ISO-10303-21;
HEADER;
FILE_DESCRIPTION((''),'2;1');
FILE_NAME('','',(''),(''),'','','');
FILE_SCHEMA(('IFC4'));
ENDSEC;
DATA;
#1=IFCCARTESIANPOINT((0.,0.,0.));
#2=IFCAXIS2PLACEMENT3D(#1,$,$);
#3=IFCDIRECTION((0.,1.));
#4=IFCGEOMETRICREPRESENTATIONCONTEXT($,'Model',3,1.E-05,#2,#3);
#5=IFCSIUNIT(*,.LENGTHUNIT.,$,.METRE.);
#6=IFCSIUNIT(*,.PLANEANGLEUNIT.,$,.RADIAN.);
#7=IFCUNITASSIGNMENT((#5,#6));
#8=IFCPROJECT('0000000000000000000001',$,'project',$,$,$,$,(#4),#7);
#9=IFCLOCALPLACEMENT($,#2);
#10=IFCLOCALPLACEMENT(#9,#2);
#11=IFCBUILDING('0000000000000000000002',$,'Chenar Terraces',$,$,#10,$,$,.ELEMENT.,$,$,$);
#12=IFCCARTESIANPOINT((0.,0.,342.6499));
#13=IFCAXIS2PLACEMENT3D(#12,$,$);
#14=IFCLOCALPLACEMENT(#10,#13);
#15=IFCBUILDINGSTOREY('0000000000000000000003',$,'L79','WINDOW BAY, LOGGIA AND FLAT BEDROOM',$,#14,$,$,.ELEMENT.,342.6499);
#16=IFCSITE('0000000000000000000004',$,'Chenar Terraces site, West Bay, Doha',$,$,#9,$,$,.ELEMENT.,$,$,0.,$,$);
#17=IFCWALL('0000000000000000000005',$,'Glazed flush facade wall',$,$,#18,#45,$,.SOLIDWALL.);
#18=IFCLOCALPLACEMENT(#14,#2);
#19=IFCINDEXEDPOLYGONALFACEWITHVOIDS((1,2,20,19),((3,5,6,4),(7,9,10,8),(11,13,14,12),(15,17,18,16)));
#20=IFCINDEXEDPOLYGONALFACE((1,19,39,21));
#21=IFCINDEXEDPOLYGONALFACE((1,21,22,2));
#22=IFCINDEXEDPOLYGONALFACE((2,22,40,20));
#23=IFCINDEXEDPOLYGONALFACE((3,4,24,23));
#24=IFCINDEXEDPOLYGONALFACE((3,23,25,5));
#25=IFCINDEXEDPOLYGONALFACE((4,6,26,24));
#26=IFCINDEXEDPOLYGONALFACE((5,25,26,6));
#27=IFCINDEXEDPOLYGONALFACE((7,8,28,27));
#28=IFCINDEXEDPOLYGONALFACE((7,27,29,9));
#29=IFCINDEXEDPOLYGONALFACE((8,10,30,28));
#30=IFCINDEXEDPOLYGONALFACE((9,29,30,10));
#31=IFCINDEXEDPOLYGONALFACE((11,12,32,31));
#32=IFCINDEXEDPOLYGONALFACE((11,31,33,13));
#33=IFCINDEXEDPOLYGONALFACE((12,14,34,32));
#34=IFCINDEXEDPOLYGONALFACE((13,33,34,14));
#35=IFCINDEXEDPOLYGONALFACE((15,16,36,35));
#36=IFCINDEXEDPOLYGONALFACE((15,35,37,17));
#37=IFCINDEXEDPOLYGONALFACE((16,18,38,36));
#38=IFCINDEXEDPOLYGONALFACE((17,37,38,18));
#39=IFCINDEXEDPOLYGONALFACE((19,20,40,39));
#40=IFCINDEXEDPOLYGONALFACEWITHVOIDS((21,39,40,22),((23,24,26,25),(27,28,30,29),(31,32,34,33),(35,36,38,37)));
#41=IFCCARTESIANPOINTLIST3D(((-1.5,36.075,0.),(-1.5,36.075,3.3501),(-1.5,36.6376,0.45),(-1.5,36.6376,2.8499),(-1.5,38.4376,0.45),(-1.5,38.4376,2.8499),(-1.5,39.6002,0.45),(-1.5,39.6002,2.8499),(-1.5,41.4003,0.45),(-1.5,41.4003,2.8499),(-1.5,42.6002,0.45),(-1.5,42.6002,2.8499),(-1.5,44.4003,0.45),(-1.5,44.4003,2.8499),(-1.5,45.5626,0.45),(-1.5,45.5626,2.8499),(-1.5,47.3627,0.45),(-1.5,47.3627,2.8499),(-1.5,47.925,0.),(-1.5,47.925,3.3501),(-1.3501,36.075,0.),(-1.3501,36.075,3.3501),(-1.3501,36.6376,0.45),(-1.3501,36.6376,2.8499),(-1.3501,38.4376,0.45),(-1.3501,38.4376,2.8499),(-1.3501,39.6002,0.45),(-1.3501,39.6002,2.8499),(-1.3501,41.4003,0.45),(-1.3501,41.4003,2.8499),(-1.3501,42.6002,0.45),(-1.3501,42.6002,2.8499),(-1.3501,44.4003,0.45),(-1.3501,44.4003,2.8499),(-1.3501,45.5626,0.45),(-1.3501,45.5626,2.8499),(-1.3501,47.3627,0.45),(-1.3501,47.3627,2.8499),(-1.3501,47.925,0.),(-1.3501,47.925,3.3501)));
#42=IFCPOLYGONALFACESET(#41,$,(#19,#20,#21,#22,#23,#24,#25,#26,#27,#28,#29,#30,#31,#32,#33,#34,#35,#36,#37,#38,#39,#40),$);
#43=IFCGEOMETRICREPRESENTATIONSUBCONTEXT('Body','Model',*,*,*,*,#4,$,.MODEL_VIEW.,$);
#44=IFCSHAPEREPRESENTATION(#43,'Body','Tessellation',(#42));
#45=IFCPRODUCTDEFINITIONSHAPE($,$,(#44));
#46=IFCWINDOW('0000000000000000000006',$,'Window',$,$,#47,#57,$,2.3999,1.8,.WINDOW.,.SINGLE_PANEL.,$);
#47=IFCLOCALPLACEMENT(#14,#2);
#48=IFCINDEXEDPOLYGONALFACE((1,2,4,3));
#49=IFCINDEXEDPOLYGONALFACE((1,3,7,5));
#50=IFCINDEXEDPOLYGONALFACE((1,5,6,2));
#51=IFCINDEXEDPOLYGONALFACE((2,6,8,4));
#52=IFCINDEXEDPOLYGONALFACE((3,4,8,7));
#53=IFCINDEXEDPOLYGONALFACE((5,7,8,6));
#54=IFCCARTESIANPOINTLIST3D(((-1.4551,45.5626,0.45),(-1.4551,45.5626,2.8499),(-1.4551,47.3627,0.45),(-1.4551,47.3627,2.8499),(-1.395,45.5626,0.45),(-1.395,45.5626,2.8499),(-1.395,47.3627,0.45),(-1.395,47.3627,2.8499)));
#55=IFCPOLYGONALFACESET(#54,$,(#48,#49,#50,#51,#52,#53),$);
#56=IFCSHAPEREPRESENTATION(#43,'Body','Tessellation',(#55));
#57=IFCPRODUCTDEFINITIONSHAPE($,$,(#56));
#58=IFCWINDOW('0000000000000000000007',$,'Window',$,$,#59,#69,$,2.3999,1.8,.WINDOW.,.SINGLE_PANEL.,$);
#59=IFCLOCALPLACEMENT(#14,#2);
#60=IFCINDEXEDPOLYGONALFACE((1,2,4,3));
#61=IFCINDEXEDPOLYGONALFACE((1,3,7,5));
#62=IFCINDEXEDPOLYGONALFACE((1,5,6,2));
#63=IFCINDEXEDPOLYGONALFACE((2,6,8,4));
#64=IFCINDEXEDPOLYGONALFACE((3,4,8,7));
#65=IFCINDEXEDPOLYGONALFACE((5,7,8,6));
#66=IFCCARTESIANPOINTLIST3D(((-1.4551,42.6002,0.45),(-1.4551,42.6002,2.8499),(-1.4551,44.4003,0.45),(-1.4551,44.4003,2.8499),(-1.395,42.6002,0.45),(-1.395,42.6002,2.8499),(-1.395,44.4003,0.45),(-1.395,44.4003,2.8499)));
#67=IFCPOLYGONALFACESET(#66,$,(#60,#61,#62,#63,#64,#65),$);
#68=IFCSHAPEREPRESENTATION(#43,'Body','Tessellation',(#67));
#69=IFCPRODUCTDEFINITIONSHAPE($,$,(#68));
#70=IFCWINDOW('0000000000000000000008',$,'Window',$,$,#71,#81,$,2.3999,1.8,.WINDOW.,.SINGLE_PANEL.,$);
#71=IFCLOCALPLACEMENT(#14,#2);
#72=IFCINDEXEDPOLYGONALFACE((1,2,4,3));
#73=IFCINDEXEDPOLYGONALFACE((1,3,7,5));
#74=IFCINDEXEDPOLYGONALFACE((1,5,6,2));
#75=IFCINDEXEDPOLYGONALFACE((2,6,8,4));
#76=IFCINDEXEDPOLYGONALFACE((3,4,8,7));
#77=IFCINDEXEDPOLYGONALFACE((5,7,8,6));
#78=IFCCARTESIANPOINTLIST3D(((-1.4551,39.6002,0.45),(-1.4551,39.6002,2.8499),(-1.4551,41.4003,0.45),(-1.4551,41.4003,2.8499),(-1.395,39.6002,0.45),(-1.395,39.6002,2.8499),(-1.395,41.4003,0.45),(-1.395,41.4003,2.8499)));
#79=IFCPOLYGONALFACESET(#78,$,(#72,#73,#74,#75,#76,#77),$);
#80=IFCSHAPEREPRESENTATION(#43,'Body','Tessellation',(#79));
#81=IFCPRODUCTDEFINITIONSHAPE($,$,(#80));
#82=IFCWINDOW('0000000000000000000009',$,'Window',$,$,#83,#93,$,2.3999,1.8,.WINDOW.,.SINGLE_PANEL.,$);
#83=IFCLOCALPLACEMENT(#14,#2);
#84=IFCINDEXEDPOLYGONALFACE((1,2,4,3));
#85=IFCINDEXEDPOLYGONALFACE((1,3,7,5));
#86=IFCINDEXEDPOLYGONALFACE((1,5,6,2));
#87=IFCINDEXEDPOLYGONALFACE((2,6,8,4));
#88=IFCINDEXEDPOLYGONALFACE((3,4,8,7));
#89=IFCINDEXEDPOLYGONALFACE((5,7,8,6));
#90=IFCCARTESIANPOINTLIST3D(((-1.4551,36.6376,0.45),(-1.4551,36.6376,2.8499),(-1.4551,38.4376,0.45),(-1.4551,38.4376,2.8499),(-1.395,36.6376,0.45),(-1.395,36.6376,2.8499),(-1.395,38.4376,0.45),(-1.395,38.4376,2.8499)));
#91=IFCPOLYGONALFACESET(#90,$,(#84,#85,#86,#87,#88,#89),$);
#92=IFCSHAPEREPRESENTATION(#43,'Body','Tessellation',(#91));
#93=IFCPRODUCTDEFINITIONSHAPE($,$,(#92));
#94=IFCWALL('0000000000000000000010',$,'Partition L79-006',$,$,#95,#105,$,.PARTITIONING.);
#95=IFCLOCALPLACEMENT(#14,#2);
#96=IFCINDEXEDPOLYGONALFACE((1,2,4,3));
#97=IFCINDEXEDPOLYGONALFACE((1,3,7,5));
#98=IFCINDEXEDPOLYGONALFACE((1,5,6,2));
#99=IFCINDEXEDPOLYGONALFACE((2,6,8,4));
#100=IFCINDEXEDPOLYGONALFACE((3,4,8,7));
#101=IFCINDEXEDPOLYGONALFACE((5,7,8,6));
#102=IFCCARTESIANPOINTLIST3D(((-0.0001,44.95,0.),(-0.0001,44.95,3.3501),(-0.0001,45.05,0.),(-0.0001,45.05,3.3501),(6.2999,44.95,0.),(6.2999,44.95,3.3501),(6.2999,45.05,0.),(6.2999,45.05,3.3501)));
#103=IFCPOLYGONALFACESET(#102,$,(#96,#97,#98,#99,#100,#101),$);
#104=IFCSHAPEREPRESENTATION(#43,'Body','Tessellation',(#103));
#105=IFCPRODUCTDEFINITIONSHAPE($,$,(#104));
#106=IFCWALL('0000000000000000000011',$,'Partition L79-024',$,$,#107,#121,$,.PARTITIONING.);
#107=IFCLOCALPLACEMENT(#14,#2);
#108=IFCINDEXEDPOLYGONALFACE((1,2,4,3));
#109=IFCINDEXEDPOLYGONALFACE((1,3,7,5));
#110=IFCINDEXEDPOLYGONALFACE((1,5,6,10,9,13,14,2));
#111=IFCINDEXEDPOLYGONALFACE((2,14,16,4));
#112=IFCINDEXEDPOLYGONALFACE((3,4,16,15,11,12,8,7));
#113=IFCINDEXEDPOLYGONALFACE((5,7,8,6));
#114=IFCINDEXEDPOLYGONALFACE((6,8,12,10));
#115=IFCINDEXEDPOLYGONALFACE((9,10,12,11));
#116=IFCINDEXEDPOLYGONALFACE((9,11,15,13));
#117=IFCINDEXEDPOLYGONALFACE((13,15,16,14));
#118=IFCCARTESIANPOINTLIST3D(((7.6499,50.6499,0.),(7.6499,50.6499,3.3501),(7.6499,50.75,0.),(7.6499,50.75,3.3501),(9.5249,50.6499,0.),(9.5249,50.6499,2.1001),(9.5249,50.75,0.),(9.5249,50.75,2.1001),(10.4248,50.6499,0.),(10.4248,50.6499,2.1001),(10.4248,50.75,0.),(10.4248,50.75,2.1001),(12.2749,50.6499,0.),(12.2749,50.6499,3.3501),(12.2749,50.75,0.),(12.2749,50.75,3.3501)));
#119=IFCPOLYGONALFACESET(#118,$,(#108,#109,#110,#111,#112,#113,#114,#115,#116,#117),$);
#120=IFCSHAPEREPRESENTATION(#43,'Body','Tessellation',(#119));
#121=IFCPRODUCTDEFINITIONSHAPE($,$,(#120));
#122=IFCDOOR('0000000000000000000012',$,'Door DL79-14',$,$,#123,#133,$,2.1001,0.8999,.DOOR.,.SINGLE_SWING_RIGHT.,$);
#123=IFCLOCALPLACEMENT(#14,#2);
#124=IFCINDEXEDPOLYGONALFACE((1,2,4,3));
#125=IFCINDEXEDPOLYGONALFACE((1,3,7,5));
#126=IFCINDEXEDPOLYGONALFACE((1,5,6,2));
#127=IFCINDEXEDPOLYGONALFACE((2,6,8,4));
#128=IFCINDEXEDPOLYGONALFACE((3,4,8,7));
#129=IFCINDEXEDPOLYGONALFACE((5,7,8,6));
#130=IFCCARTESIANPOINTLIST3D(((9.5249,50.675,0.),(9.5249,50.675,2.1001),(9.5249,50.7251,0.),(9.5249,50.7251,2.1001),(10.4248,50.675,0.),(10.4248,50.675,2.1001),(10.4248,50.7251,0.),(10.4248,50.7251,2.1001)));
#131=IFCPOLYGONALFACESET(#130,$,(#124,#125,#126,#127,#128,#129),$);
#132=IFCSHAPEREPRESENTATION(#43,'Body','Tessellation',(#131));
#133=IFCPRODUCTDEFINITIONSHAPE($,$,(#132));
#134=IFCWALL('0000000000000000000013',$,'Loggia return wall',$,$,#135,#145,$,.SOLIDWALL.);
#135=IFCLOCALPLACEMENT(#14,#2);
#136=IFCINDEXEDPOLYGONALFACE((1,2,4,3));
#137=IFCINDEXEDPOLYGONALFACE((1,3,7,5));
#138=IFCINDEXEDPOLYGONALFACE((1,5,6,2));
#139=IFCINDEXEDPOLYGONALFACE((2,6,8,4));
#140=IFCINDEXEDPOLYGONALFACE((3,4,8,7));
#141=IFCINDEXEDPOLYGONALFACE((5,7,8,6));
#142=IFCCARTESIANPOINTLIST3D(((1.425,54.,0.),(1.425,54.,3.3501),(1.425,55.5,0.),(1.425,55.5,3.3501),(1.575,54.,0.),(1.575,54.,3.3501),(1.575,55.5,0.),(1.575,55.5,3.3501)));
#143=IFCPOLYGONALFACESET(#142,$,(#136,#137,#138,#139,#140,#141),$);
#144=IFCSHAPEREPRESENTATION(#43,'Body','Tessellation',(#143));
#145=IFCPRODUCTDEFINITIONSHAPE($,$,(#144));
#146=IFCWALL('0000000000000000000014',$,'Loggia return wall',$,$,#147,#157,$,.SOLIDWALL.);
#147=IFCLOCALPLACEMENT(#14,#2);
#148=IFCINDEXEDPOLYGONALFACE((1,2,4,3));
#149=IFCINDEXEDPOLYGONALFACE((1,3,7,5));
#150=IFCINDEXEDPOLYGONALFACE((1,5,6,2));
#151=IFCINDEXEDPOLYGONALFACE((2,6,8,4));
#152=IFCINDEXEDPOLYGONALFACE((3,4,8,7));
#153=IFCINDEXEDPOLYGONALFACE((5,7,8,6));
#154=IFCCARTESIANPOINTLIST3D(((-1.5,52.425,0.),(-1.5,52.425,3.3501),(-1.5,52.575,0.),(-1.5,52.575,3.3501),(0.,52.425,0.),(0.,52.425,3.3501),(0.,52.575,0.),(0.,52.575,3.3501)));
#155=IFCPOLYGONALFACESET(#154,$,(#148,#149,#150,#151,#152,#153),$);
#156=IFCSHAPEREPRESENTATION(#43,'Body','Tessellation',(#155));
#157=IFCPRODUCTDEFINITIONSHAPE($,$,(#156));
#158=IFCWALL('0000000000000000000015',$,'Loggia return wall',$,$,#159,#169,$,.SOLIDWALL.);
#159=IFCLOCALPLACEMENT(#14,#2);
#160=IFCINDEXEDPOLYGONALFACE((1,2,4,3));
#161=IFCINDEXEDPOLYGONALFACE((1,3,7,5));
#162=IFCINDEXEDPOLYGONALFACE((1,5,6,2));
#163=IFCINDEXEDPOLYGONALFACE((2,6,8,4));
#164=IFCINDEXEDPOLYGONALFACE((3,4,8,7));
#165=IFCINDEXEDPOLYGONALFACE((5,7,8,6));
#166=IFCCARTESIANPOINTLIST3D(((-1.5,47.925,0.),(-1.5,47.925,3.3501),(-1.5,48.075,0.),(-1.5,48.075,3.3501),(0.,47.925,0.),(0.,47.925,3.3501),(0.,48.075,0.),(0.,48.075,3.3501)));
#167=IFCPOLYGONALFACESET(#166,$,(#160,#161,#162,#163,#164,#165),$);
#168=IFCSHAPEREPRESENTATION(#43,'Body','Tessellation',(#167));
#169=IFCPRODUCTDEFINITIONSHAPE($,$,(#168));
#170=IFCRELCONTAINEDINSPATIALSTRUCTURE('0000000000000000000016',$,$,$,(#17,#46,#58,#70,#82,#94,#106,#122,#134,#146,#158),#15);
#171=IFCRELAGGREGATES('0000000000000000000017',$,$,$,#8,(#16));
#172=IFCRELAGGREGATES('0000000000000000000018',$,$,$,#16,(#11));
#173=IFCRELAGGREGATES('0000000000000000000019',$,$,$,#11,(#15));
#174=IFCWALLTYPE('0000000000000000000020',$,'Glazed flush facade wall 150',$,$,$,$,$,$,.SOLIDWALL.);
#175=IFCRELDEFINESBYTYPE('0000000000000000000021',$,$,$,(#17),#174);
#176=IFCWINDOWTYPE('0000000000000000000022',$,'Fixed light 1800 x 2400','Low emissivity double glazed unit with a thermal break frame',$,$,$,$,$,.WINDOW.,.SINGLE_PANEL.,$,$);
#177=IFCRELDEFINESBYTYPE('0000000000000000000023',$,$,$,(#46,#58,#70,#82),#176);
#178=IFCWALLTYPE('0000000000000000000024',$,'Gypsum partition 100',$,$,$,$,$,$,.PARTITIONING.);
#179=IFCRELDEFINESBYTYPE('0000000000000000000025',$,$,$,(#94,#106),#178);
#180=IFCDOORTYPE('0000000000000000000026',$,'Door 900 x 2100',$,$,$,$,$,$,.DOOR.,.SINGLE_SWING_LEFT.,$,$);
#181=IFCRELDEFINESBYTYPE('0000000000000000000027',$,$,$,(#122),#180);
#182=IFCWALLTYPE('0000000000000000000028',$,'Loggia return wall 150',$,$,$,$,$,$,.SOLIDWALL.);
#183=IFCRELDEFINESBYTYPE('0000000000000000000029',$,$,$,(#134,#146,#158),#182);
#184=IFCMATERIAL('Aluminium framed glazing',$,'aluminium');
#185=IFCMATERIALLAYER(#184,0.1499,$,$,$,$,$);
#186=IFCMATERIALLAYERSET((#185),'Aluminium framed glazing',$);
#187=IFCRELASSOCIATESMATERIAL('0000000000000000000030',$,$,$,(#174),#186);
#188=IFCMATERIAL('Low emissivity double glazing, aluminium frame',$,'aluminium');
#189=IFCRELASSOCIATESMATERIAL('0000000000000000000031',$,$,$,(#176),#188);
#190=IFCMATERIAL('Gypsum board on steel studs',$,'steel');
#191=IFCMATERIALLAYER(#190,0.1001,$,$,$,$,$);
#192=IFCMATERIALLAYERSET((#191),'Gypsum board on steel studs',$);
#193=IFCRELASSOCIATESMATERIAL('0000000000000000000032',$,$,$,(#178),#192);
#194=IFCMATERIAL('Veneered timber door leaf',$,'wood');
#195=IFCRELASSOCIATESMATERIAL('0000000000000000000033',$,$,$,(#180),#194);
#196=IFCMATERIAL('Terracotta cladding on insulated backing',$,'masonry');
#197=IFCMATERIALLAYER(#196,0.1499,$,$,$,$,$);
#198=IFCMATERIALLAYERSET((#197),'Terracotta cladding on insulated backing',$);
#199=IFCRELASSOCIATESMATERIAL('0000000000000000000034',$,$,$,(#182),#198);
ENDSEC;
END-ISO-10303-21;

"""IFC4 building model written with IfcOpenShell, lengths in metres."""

from ifc_helpers import new_model, si_unit, direction, frame, frame_2d, origin, place, context, subcontext, project, spatial, rectangle, extrude, material, layer, layer_set, type_object, element, fill, save


model = new_model("IFC4")

# Units and contexts
model_context = context("Model", 3, precision=1e-05, world=origin(), true_north=direction((0.0, 1.0)))
body_context = subcontext(model_context, "Body", "Model", "MODEL_VIEW")
ifc_project = project(units=[si_unit("LENGTHUNIT", "METRE"), si_unit("PLANEANGLEUNIT", "RADIAN")], contexts=[model_context])

# Site, building, storey
site_placement = place(None, origin())
site = spatial("IfcSite", under=ifc_project, at=site_placement, Name="Chenar Terraces site, West Bay, Doha", CompositionType="ELEMENT", RefElevation=0.0)
building_placement = place(site_placement, origin())
building = spatial("IfcBuilding", under=site, at=building_placement, Name="Chenar Terraces", CompositionType="ELEMENT")
storey_placement = place(building_placement, frame((0.0, 0.0, 342.6499)))
storey = spatial("IfcBuildingStorey", under=building, at=storey_placement, Name="L79", Description="WINDOW BAY, LOGGIA AND FLAT BEDROOM", CompositionType="ELEMENT", Elevation=342.6499)

# Wall, openings, windows
ifc_material_1 = material(Name="Aluminium framed glazing", Category="aluminium")
ifc_layer_1 = layer(ifc_material_1, 0.1499)
ifc_layer_set_1 = layer_set([ifc_layer_1], Name="Aluminium framed glazing")
wall_type_1 = type_object("IfcWallType", Name="Glazed flush facade wall 150", PredefinedType="SOLIDWALL", material=ifc_layer_set_1)
wall_1_placement = place(storey_placement, frame((-1.425, 47.925, 0.0), z_axis=(0.0, 0.0, 1.0), x_axis=(0.0, -1.0, 0.0)))
wall_1 = element("IfcWall", 1, at=wall_1_placement, inside=storey, type_object=wall_type_1, Name="Glazed flush facade wall", PredefinedType="SOLIDWALL", context=body_context, shape_type="SweptSolid", body=[
    extrude(rectangle(XDim=11.8501, YDim=0.1499, at=frame_2d((5.925, 0.0))), origin(), (0.0, 0.0, 1.0), 3.3501),
])
opening_1_placement = place(wall_1_placement, frame((0.5625, 0.0, 0.45)))
opening_1 = element("IfcOpeningElement", 2, at=opening_1_placement, cuts=wall_1, PredefinedType="OPENING", context=body_context, shape_type="SweptSolid", body=[
    extrude(rectangle(XDim=1.8, YDim=2.3999, at=frame_2d((0.8999, 1.2))), frame((0.0, 0.085, 0.0), z_axis=(0.0, -1.0, 0.0), x_axis=(1.0, 0.0, 0.0)), (0.0, 0.0, 1.0), 0.1699),
])
opening_2_placement = place(wall_1_placement, frame((3.5249, 0.0, 0.45)))
opening_2 = element("IfcOpeningElement", 3, at=opening_2_placement, cuts=wall_1, PredefinedType="OPENING", context=body_context, shape_type="SweptSolid", body=[
    extrude(rectangle(XDim=1.8, YDim=2.3999, at=frame_2d((0.8999, 1.2))), frame((0.0, 0.085, 0.0), z_axis=(0.0, -1.0, 0.0), x_axis=(1.0, 0.0, 0.0)), (0.0, 0.0, 1.0), 0.1699),
])
opening_3_placement = place(wall_1_placement, frame((6.5249, 0.0, 0.45)))
opening_3 = element("IfcOpeningElement", 4, at=opening_3_placement, cuts=wall_1, PredefinedType="OPENING", context=body_context, shape_type="SweptSolid", body=[
    extrude(rectangle(XDim=1.8, YDim=2.3999, at=frame_2d((0.8999, 1.2))), frame((0.0, 0.085, 0.0), z_axis=(0.0, -1.0, 0.0), x_axis=(1.0, 0.0, 0.0)), (0.0, 0.0, 1.0), 0.1699),
])
opening_4_placement = place(wall_1_placement, frame((9.4875, 0.0, 0.45)))
opening_4 = element("IfcOpeningElement", 5, at=opening_4_placement, cuts=wall_1, PredefinedType="OPENING", context=body_context, shape_type="SweptSolid", body=[
    extrude(rectangle(XDim=1.8, YDim=2.3999, at=frame_2d((0.8999, 1.2))), frame((0.0, 0.085, 0.0), z_axis=(0.0, -1.0, 0.0), x_axis=(1.0, 0.0, 0.0)), (0.0, 0.0, 1.0), 0.1699),
])
ifc_material_2 = material(Name="Low emissivity double glazing, aluminium frame", Category="aluminium")
window_type_1 = type_object("IfcWindowType", Name="Fixed light 1800 x 2400", Description="Low emissivity double glazed unit with a thermal break frame", PartitioningType="SINGLE_PANEL", PredefinedType="WINDOW", material=ifc_material_2)
window_1_placement = place(opening_1_placement, origin())
window_1 = element("IfcWindow", 6, at=window_1_placement, inside=storey, type_object=window_type_1, Name="Window", OverallHeight=2.3999, OverallWidth=1.8, PartitioningType="SINGLE_PANEL", PredefinedType="WINDOW", context=body_context, shape_type="SweptSolid", body=[
    extrude(rectangle(XDim=1.8, YDim=2.3999, at=frame_2d((0.8999, 1.2))), frame((0.0, 0.03, 0.0), z_axis=(0.0, -1.0, 0.0), x_axis=(1.0, 0.0, 0.0)), (0.0, 0.0, 1.0), 0.0601),
])
fill(opening_1, window_1)
window_2_placement = place(opening_2_placement, origin())
window_2 = element("IfcWindow", 7, at=window_2_placement, inside=storey, type_object=window_type_1, Name="Window", OverallHeight=2.3999, OverallWidth=1.8, PartitioningType="SINGLE_PANEL", PredefinedType="WINDOW", context=body_context, shape_type="SweptSolid", body=[
    extrude(rectangle(XDim=1.8, YDim=2.3999, at=frame_2d((0.8999, 1.2))), frame((0.0, 0.03, 0.0), z_axis=(0.0, -1.0, 0.0), x_axis=(1.0, 0.0, 0.0)), (0.0, 0.0, 1.0), 0.0601),
])
fill(opening_2, window_2)
window_3_placement = place(opening_3_placement, origin())
window_3 = element("IfcWindow", 8, at=window_3_placement, inside=storey, type_object=window_type_1, Name="Window", OverallHeight=2.3999, OverallWidth=1.8, PartitioningType="SINGLE_PANEL", PredefinedType="WINDOW", context=body_context, shape_type="SweptSolid", body=[
    extrude(rectangle(XDim=1.8, YDim=2.3999, at=frame_2d((0.8999, 1.2))), frame((0.0, 0.03, 0.0), z_axis=(0.0, -1.0, 0.0), x_axis=(1.0, 0.0, 0.0)), (0.0, 0.0, 1.0), 0.0601),
])
fill(opening_3, window_3)
window_4_placement = place(opening_4_placement, origin())
window_4 = element("IfcWindow", 9, at=window_4_placement, inside=storey, type_object=window_type_1, Name="Window", OverallHeight=2.3999, OverallWidth=1.8, PartitioningType="SINGLE_PANEL", PredefinedType="WINDOW", context=body_context, shape_type="SweptSolid", body=[
    extrude(rectangle(XDim=1.8, YDim=2.3999, at=frame_2d((0.8999, 1.2))), frame((0.0, 0.03, 0.0), z_axis=(0.0, -1.0, 0.0), x_axis=(1.0, 0.0, 0.0)), (0.0, 0.0, 1.0), 0.0601),
])
fill(opening_4, window_4)

# Wall
ifc_material_3 = material(Name="Gypsum board on steel studs", Category="steel")
ifc_layer_2 = layer(ifc_material_3, 0.1001)
ifc_layer_set_2 = layer_set([ifc_layer_2], Name="Gypsum board on steel studs")
wall_type_2 = type_object("IfcWallType", Name="Gypsum partition 100", PredefinedType="PARTITIONING", material=ifc_layer_set_2)
wall_2_placement = place(storey_placement, frame((0.0, 45.0, 0.0), z_axis=(0.0, 0.0, 1.0), x_axis=(1.0, 0.0, 0.0)))
element("IfcWall", 10, at=wall_2_placement, inside=storey, type_object=wall_type_2, Name="Partition L79-006", PredefinedType="PARTITIONING", context=body_context, shape_type="SweptSolid", body=[
    extrude(rectangle(XDim=6.3, YDim=0.1001, at=frame_2d((3.1499, 0.0))), origin(), (0.0, 0.0, 1.0), 3.3501),
])

# Wall, opening, door
wall_3_placement = place(storey_placement, frame((7.6499, 50.7, 0.0), z_axis=(0.0, 0.0, 1.0), x_axis=(1.0, 0.0, 0.0)))
wall_3 = element("IfcWall", 11, at=wall_3_placement, inside=storey, type_object=wall_type_2, Name="Partition L79-024", PredefinedType="PARTITIONING", context=body_context, shape_type="SweptSolid", body=[
    extrude(rectangle(XDim=4.625, YDim=0.1001, at=frame_2d((2.3125, 0.0))), origin(), (0.0, 0.0, 1.0), 3.3501),
])
opening_5_placement = place(wall_3_placement, frame((1.875, 0.0, 0.0)))
opening_5 = element("IfcOpeningElement", 12, at=opening_5_placement, cuts=wall_3, PredefinedType="OPENING", context=body_context, shape_type="SweptSolid", body=[
    extrude(rectangle(XDim=0.8999, YDim=2.1001, at=frame_2d((0.45, 1.05))), frame((0.0, 0.0601, 0.0), z_axis=(0.0, -1.0, 0.0), x_axis=(1.0, 0.0, 0.0)), (0.0, 0.0, 1.0), 0.1201),
])
ifc_material_4 = material(Name="Veneered timber door leaf", Category="wood")
door_type_1 = type_object("IfcDoorType", Name="Door 900 x 2100", OperationType="SINGLE_SWING_LEFT", PredefinedType="DOOR", material=ifc_material_4)
door_1_placement = place(opening_5_placement, frame((0.8999, 0.0, 0.0), z_axis=(0.0, 0.0, 1.0), x_axis=(-1.0, 0.0, 0.0)))
door_1 = element("IfcDoor", 13, at=door_1_placement, inside=storey, type_object=door_type_1, Name="Door DL79-14", OperationType="SINGLE_SWING_RIGHT", OverallHeight=2.1001, OverallWidth=0.8999, PredefinedType="DOOR", context=body_context, shape_type="SweptSolid", body=[
    extrude(rectangle(XDim=0.8999, YDim=2.1001, at=frame_2d((0.45, 1.05))), frame((0.0, 0.0249, 0.0), z_axis=(0.0, -1.0, 0.0), x_axis=(1.0, 0.0, 0.0)), (0.0, 0.0, 1.0), 0.05),
])
fill(opening_5, door_1)

# Walls
ifc_material_5 = material(Name="Terracotta cladding on insulated backing", Category="masonry")
ifc_layer_3 = layer(ifc_material_5, 0.1499)
ifc_layer_set_3 = layer_set([ifc_layer_3], Name="Terracotta cladding on insulated backing")
wall_type_3 = type_object("IfcWallType", Name="Loggia return wall 150", PredefinedType="SOLIDWALL", material=ifc_layer_set_3)
for number, where, z_axis, x_axis, name in (
    (14, (1.5, 55.5, 0.0), (0.0, 0.0, 1.0), (0.0, -1.0, 0.0), "Loggia return wall"),
    (15, (-1.5, 52.5, 0.0), (0.0, 0.0, 1.0), (1.0, 0.0, 0.0), "Loggia return wall"),
    (16, (-1.5, 48.0, 0.0), (0.0, 0.0, 1.0), (1.0, 0.0, 0.0), "Loggia return wall"),
):
    element("IfcWall", number, at=place(storey_placement, frame(where, z_axis=z_axis, x_axis=x_axis)), inside=storey, type_object=wall_type_3, Name=name, PredefinedType="SOLIDWALL", context=body_context, shape_type="SweptSolid", body=[
        extrude(rectangle(XDim=1.5, YDim=0.1499, at=frame_2d((0.75, 0.0))), origin(), (0.0, 0.0, 1.0), 3.3501),
    ])

save(model, "model.ifc")
